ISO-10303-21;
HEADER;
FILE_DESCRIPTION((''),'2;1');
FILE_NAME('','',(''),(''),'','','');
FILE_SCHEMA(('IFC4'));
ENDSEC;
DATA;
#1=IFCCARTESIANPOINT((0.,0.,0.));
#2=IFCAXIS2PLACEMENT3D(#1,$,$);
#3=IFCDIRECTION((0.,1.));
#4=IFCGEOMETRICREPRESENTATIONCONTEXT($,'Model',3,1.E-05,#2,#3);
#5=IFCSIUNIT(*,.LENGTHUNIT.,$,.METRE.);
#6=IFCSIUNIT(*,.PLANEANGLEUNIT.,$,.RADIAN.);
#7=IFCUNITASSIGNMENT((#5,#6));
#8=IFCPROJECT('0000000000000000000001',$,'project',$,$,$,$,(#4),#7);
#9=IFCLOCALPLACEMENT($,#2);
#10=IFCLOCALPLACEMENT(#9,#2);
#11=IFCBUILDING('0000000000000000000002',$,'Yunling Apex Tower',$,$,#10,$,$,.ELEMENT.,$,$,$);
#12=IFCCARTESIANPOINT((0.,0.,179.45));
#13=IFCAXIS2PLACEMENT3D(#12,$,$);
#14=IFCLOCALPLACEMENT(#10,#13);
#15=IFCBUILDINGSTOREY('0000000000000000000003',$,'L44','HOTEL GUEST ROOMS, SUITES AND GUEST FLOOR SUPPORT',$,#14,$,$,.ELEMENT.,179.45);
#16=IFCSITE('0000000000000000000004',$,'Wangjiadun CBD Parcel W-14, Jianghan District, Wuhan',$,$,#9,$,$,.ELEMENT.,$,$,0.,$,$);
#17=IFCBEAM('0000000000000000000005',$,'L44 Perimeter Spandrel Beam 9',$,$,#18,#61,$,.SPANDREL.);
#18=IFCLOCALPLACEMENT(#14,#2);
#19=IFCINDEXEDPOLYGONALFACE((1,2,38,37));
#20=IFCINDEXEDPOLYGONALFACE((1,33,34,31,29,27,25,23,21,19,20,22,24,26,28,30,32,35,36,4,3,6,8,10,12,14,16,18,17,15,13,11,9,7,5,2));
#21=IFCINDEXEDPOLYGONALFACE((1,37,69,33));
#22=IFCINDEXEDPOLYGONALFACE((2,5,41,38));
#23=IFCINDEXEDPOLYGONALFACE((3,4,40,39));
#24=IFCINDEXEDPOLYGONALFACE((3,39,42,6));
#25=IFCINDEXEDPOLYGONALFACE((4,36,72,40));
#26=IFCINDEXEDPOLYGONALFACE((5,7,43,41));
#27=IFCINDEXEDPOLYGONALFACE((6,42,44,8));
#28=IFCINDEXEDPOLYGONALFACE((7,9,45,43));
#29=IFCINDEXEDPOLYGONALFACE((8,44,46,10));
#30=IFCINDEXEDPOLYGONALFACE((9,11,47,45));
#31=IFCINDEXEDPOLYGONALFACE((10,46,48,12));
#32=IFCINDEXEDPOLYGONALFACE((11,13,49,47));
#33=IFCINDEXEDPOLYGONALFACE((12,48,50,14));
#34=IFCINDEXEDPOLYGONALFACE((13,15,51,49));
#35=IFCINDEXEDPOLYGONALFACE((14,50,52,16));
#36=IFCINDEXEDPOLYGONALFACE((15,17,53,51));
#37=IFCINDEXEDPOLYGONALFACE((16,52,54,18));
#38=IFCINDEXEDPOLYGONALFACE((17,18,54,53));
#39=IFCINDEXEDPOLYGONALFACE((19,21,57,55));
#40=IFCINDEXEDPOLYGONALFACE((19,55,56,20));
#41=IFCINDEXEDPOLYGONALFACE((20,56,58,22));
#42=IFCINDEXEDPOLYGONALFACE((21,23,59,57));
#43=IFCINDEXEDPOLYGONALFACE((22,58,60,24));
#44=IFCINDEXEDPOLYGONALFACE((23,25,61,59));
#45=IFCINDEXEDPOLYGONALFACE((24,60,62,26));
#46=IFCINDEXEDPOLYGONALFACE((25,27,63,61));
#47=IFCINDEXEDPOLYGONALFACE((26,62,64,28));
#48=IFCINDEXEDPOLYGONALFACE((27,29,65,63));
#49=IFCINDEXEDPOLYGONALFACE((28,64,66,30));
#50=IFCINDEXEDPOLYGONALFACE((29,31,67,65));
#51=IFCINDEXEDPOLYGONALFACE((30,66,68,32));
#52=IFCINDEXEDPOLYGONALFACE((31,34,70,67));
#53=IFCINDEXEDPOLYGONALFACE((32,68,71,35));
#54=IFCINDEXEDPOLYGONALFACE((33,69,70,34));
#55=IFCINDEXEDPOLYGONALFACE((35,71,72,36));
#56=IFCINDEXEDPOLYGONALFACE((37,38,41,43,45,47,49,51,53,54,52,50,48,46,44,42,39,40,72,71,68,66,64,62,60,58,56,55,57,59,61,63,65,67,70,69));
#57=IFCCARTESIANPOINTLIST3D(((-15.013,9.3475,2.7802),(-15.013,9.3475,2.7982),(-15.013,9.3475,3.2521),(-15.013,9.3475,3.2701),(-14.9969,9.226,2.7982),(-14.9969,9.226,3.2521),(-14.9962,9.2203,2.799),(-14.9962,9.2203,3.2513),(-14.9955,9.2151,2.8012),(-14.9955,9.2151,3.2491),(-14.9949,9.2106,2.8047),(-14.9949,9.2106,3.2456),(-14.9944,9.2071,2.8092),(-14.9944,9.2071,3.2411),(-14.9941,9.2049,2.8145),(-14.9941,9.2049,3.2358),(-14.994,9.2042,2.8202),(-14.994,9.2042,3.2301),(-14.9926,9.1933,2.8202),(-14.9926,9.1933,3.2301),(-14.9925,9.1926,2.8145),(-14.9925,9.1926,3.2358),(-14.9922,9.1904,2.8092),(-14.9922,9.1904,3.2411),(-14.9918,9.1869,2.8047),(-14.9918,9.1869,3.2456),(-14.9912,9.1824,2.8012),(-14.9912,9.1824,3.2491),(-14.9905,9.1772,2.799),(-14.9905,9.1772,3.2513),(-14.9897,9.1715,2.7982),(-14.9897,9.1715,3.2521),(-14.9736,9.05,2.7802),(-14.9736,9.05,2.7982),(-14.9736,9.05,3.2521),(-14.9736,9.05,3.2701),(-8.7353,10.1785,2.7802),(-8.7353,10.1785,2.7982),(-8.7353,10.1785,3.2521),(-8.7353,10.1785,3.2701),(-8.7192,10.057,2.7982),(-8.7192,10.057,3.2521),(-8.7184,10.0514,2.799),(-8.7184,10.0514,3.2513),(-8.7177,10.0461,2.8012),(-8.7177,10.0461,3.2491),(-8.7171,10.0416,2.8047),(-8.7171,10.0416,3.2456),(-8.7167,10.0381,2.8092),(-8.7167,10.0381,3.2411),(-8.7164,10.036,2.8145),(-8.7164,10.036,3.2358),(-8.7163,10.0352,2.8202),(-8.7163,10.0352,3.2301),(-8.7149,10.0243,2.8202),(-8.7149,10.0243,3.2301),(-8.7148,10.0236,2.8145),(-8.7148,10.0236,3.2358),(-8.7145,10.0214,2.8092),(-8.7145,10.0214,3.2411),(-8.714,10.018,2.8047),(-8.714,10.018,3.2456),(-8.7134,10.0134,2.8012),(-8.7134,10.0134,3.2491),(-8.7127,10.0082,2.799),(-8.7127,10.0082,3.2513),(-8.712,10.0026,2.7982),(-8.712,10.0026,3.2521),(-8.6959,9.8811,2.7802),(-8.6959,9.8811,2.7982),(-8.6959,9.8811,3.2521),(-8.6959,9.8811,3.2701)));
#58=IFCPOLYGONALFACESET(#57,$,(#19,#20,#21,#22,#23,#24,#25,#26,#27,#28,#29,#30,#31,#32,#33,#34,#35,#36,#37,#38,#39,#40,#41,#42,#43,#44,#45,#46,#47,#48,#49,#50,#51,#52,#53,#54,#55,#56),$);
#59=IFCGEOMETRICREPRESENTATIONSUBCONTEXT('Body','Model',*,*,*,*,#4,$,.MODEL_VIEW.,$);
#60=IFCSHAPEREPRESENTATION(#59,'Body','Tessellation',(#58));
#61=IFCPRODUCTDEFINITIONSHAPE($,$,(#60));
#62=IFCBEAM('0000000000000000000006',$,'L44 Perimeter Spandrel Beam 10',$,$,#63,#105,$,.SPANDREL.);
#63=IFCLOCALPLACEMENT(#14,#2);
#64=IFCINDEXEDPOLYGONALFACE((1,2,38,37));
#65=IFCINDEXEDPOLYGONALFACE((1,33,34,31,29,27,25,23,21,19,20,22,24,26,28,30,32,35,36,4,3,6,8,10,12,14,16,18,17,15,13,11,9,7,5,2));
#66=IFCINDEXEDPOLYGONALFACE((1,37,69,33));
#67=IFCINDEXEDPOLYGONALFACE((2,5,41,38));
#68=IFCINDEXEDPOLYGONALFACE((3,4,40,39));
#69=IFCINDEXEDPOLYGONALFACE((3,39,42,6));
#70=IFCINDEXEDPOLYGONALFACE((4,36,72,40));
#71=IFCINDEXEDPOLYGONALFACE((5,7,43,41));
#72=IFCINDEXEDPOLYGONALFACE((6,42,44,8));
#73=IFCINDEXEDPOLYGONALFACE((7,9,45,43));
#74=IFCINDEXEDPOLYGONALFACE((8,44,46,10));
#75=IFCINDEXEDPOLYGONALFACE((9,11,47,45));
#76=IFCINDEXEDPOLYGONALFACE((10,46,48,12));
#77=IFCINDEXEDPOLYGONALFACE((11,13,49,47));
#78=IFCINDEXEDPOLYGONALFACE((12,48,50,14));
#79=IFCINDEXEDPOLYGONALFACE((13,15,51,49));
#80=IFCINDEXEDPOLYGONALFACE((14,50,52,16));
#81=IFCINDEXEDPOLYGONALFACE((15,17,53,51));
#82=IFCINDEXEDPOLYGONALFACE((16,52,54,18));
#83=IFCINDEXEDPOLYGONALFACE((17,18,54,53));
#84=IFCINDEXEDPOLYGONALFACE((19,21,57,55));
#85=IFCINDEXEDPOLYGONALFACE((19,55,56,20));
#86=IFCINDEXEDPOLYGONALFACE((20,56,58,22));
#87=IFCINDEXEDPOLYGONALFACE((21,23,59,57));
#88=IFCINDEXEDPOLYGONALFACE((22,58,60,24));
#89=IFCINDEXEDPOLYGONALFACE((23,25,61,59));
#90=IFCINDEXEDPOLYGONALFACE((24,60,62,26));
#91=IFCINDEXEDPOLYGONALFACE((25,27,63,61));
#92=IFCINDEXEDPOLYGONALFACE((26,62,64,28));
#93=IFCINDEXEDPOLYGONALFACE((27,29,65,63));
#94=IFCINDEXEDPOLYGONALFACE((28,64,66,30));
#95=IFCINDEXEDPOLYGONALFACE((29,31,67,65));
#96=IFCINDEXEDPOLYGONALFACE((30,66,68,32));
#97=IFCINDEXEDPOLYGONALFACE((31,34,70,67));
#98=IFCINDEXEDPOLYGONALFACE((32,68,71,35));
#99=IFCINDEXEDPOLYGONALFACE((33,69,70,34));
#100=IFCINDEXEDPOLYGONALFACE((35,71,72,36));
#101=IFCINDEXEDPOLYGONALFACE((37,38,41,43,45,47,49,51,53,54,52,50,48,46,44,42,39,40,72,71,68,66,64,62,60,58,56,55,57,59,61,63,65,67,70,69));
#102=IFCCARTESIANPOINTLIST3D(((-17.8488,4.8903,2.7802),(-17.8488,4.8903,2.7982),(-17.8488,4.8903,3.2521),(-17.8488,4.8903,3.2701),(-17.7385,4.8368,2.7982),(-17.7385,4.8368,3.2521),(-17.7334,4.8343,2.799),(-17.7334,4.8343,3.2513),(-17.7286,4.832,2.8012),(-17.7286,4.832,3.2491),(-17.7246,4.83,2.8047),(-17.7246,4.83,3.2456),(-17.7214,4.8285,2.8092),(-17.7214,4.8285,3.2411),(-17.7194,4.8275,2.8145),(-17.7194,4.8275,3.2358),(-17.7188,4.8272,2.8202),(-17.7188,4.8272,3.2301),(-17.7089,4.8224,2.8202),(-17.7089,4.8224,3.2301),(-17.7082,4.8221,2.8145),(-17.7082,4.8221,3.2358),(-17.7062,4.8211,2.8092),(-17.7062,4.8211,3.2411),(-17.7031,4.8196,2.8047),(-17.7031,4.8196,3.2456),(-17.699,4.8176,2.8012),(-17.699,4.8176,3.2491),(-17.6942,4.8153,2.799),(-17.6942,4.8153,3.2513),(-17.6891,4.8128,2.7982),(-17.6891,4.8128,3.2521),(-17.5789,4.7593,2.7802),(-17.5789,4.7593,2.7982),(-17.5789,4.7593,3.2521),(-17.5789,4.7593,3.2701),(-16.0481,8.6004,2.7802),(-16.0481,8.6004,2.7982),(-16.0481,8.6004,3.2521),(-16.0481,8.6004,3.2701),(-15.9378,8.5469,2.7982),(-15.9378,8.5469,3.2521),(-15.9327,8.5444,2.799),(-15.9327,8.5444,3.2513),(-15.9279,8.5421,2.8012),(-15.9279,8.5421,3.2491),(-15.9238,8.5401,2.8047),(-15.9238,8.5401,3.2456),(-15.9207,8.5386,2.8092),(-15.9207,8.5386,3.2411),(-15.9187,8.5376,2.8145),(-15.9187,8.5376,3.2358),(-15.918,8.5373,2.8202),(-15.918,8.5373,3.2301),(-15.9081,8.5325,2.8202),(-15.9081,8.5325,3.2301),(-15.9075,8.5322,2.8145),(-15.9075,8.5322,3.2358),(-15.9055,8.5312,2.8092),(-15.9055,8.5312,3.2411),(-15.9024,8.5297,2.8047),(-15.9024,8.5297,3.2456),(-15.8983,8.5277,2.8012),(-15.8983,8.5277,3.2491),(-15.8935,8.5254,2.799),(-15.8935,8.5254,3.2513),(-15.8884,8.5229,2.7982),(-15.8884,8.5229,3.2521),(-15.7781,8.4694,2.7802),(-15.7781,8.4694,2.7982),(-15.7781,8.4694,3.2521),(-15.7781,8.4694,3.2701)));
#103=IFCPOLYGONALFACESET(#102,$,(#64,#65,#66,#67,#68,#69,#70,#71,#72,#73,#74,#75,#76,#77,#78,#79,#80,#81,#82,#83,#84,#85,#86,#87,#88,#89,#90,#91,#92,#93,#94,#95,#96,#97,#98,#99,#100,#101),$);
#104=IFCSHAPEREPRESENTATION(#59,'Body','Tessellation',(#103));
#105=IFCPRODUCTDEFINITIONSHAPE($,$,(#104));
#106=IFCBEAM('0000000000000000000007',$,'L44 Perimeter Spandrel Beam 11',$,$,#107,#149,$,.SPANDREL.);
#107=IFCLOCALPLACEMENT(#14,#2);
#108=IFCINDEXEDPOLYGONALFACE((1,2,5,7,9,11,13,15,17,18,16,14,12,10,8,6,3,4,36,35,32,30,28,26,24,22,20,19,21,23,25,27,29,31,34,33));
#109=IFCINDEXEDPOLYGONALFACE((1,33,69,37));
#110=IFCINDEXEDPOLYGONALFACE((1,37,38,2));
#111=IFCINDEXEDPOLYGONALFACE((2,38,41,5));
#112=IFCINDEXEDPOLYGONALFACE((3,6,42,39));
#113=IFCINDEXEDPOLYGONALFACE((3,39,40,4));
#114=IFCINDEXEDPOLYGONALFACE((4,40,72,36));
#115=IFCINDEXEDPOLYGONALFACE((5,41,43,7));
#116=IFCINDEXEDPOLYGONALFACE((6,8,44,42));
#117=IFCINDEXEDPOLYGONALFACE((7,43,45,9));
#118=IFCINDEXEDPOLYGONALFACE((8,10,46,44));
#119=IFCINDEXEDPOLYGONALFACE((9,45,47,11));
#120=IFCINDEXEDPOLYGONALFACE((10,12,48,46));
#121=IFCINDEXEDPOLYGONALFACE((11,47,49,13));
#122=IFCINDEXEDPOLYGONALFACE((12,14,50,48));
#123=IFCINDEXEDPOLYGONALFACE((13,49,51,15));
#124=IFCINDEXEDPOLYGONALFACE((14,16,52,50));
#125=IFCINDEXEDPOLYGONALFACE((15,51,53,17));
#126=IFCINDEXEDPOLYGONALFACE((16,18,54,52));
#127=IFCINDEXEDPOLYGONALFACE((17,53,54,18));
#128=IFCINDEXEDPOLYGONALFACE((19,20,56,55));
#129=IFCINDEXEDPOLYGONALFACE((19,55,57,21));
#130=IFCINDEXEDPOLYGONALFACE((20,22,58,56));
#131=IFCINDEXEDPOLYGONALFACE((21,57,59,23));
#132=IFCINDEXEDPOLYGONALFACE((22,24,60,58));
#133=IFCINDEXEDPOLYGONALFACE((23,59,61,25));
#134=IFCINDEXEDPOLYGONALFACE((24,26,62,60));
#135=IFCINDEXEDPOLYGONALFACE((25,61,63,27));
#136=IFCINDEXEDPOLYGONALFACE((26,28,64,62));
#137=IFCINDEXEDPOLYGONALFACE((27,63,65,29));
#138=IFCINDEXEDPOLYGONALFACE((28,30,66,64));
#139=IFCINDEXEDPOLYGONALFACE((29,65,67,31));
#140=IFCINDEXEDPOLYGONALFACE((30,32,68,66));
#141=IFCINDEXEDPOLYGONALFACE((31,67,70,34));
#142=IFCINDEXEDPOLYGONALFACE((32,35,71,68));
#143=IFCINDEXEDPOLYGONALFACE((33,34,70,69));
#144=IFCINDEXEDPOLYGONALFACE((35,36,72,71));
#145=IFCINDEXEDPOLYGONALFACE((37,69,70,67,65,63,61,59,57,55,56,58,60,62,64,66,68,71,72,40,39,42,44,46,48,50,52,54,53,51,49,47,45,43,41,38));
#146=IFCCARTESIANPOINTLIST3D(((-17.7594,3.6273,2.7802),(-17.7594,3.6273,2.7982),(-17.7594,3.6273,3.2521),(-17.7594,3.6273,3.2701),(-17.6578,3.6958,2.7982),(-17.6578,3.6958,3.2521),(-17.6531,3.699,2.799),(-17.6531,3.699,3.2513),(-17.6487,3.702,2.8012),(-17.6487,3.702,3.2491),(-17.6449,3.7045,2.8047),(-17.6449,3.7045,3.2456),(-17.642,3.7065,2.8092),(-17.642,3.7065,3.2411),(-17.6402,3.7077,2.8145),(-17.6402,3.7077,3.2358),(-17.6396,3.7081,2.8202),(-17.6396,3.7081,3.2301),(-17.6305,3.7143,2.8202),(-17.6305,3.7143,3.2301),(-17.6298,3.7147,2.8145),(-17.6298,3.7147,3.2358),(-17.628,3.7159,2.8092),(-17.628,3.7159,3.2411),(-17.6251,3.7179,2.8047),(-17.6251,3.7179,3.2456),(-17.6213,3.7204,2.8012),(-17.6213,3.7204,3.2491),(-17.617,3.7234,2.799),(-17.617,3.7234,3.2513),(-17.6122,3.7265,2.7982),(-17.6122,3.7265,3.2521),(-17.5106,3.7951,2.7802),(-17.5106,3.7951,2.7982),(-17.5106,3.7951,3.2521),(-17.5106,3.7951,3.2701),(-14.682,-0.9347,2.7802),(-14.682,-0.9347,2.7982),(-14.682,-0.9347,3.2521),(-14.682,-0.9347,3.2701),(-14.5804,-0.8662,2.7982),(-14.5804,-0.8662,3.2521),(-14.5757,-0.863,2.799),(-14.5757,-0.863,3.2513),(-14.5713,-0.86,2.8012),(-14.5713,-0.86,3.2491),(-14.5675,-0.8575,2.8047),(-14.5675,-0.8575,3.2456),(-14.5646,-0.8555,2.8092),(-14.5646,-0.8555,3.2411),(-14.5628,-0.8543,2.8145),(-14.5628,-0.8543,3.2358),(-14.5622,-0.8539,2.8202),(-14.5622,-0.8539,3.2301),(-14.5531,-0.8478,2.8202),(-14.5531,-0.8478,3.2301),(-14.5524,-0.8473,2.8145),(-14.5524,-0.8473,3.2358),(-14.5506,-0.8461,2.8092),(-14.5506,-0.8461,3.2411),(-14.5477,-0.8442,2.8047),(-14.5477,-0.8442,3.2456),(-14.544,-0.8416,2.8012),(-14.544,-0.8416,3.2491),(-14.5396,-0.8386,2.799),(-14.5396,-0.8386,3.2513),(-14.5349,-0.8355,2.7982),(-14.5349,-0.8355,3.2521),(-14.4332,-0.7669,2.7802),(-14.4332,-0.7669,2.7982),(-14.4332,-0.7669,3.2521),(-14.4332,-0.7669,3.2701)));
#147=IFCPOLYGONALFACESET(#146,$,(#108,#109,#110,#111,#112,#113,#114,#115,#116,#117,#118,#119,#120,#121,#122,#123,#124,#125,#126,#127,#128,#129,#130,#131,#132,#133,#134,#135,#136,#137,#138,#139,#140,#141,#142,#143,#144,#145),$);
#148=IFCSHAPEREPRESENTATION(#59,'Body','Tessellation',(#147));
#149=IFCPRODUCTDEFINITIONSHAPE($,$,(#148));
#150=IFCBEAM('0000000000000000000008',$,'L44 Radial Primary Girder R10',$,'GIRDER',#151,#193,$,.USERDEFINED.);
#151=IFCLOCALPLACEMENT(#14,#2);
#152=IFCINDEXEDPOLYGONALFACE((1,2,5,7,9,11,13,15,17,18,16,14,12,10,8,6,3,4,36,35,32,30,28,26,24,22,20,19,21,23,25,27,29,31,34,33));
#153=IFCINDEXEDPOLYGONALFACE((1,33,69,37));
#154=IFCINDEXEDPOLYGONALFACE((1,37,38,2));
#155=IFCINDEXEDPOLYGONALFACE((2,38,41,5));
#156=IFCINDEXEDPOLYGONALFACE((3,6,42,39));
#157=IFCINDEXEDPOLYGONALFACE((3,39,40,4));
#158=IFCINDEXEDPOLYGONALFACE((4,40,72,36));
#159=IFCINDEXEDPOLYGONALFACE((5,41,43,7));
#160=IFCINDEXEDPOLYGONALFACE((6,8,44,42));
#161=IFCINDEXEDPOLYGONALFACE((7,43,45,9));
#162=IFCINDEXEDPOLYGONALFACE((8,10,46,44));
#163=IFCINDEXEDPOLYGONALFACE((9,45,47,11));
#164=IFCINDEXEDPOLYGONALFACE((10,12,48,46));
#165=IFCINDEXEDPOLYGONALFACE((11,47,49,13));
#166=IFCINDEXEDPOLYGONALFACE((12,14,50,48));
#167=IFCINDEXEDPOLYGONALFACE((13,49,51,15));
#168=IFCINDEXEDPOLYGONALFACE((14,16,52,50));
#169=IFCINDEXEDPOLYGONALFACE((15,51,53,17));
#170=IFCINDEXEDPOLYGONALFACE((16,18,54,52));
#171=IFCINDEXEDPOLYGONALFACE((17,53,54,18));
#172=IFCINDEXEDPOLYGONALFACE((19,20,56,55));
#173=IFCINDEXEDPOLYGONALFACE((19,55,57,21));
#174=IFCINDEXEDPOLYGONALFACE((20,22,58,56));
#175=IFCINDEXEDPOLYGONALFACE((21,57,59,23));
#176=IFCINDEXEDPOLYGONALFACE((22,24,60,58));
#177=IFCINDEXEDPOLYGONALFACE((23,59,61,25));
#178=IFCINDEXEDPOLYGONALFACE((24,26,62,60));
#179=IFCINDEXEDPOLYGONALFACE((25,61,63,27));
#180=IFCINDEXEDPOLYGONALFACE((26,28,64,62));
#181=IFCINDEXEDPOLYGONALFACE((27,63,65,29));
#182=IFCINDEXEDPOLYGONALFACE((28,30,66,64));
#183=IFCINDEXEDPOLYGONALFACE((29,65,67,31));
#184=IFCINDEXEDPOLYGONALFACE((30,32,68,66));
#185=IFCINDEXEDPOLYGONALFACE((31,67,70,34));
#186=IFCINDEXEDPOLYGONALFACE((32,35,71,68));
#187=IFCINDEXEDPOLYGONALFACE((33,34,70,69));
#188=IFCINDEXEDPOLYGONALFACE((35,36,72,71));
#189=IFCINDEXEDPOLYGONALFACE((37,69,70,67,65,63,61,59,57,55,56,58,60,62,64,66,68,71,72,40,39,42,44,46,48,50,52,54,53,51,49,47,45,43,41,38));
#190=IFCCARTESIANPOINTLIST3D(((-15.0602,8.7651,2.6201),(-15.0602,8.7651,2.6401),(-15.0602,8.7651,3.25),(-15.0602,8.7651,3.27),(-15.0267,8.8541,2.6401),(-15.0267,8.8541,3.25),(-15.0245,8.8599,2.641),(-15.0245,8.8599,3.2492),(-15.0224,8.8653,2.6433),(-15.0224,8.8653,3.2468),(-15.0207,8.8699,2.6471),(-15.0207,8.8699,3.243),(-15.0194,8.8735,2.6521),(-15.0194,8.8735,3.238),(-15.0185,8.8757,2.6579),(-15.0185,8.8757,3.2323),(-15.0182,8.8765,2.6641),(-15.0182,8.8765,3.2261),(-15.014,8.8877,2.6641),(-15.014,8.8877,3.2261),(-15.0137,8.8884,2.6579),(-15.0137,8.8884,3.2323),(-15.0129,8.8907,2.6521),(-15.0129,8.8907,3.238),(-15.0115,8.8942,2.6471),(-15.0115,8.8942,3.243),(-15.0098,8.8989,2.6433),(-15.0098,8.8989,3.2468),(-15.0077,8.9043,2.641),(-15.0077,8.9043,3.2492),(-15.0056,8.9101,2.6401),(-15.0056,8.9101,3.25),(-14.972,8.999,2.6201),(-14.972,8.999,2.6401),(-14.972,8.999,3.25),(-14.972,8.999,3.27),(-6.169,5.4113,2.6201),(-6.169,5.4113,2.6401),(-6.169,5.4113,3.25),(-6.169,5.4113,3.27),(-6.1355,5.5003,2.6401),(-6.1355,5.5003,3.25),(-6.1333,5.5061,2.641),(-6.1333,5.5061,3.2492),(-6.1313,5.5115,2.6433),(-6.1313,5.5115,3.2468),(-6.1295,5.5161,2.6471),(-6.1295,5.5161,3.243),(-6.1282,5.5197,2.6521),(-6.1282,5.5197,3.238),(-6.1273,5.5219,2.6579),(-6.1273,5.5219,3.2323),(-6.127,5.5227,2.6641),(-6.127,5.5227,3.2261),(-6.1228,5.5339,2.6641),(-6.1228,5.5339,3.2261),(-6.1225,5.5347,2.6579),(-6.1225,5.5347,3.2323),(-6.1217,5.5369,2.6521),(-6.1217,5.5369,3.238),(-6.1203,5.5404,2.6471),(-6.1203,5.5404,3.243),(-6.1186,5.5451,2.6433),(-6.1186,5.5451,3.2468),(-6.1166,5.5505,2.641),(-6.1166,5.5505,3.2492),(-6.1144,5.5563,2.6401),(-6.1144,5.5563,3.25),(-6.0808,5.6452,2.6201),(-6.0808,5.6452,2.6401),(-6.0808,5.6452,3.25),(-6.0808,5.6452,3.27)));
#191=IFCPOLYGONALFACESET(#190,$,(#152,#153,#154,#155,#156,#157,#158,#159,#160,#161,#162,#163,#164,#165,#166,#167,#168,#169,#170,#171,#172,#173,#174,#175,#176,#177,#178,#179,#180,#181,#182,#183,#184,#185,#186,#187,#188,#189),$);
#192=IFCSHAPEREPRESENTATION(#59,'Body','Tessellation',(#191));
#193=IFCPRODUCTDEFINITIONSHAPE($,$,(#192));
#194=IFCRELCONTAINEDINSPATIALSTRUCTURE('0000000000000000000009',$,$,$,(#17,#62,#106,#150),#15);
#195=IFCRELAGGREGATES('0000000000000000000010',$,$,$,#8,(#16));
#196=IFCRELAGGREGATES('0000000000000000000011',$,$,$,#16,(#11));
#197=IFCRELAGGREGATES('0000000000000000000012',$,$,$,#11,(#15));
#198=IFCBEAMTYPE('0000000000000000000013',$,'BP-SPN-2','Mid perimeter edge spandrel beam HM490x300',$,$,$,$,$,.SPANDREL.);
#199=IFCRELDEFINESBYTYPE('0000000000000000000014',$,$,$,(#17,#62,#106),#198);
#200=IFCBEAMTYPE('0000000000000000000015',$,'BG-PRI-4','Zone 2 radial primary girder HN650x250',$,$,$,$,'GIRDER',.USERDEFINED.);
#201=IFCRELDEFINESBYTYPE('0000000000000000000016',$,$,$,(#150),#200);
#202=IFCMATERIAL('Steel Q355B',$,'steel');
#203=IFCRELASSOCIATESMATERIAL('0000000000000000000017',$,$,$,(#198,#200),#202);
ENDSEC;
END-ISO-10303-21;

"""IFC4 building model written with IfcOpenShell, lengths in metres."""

from ifc_helpers import new_model, si_unit, direction, frame, origin, origin_2d, place, context, subcontext, project, spatial, i_section, extrude, source, transform, mapped, material, material_profile, profile_set, type_object, element, save


model = new_model("IFC4")

# Units and contexts
model_context = context("Model", 3, precision=1e-05, world=origin(), true_north=direction((0.0, 1.0)))
body_context = subcontext(model_context, "Body", "Model", "MODEL_VIEW")
ifc_project = project(units=[si_unit("LENGTHUNIT", "METRE"), si_unit("PLANEANGLEUNIT", "RADIAN")], contexts=[model_context])

# Site, building, storey
site_placement = place(None, origin())
site = spatial("IfcSite", under=ifc_project, at=site_placement, Name="Wangjiadun CBD Parcel W-14, Jianghan District, Wuhan", CompositionType="ELEMENT", RefElevation=0.0)
building_placement = place(site_placement, origin())
building = spatial("IfcBuilding", under=site, at=building_placement, Name="Yunling Apex Tower", CompositionType="ELEMENT")
storey_placement = place(building_placement, frame((0.0, 0.0, 179.45)))
storey = spatial("IfcBuildingStorey", under=building, at=storey_placement, Name="L44", Description="HOTEL GUEST ROOMS, SUITES AND GUEST FLOOR SUPPORT", CompositionType="ELEMENT", Elevation=179.45)

# Beams
ifc_material_1 = material(Name="Steel Q355B", Category="steel")
ifc_material_profile_1 = material_profile(ifc_material_1, i_section(OverallWidth=0.3, OverallDepth=0.49, WebThickness=0.011, FlangeThickness=0.0181, FilletRadius=0.022, at=origin_2d()))
ifc_profile_set_1 = profile_set([ifc_material_profile_1], Name="Steel Q355B")
beam_type_1 = type_object("IfcBeamType", Name="BP-SPN-2", Description="Mid perimeter edge spandrel beam HM490x300", PredefinedType="SPANDREL", material=ifc_profile_set_1)
shared_shape_1 = source(origin(), body_context, "Body", "SweptSolid", [
    extrude(i_section(OverallWidth=0.3, OverallDepth=0.49, WebThickness=0.011, FlangeThickness=0.0181, FilletRadius=0.022, at=origin_2d()), origin(), (0.0, 0.0, 1.0), 6.3325),
])
beam_1_placement = place(storey_placement, frame((-8.7156, 10.0298, 3.0251), z_axis=(-0.991351, -0.131234, 0.0), x_axis=(0.131234, -0.991351, 0.0)))
element("IfcBeam", 1, at=beam_1_placement, inside=storey, type_object=beam_type_1, Name="L44 Perimeter Spandrel Beam 9", PredefinedType="SPANDREL", context=body_context, shape_type="MappedRepresentation", body=[
    mapped(shared_shape_1, transform((0.0, 0.0, 0.0), scale=1.0)),
])
shared_shape_2 = source(origin(), body_context, "Body", "SweptSolid", [
    extrude(i_section(OverallWidth=0.3, OverallDepth=0.49, WebThickness=0.011, FlangeThickness=0.0181, FilletRadius=0.022, at=origin_2d()), origin(), (0.0, 0.0, 1.0), 4.124),
])
beam_2_placement = place(storey_placement, frame((-15.9131, 8.5349, 3.0251), z_axis=(-0.436645, -0.899634, 0.0), x_axis=(0.899634, -0.436645, 0.0)))
element("IfcBeam", 2, at=beam_2_placement, inside=storey, type_object=beam_type_1, Name="L44 Perimeter Spandrel Beam 10", PredefinedType="SPANDREL", context=body_context, shape_type="MappedRepresentation", body=[
    mapped(shared_shape_2, transform((0.0, 0.0, 0.0), scale=1.0)),
])
shared_shape_3 = source(origin(), body_context, "Body", "SweptSolid", [
    extrude(i_section(OverallWidth=0.3, OverallDepth=0.49, WebThickness=0.011, FlangeThickness=0.0181, FilletRadius=0.022, at=origin_2d()), origin(), (0.0, 0.0, 1.0), 5.5029),
])
beam_3_placement = place(storey_placement, frame((-17.635, 3.7112, 3.0251), z_axis=(0.559227, -0.829014, 0.0), x_axis=(0.829014, 0.559227, 0.0)))
element("IfcBeam", 3, at=beam_3_placement, inside=storey, type_object=beam_type_1, Name="L44 Perimeter Spandrel Beam 11", PredefinedType="SPANDREL", context=body_context, shape_type="MappedRepresentation", body=[
    mapped(shared_shape_3, transform((0.0, 0.0, 0.0), scale=1.0)),
])
ifc_material_profile_2 = material_profile(ifc_material_1, i_section(OverallWidth=0.25, OverallDepth=0.6499, WebThickness=0.012, FlangeThickness=0.02, FilletRadius=0.0239, at=origin_2d()))
ifc_profile_set_2 = profile_set([ifc_material_profile_2], Name="Steel Q355B")
beam_type_2 = type_object("IfcBeamType", Name="BG-PRI-4", Description="Zone 2 radial primary girder HN650x250", ElementType="GIRDER", PredefinedType="USERDEFINED", material=ifc_profile_set_2)
shared_shape_4 = source(origin(), body_context, "Body", "SweptSolid", [
    extrude(i_section(OverallWidth=0.25, OverallDepth=0.6499, WebThickness=0.012, FlangeThickness=0.02, FilletRadius=0.0239, at=origin_2d()), origin(), (0.0, 0.0, 1.0), 9.5027),
])
beam_4_placement = place(storey_placement, frame((-15.0161, 8.8821, 2.9451), z_axis=(0.93565, -0.35293, 0.0), x_axis=(0.35293, 0.93565, 0.0)))
element("IfcBeam", 4, at=beam_4_placement, inside=storey, type_object=beam_type_2, Name="L44 Radial Primary Girder R10", ObjectType="GIRDER", PredefinedType="USERDEFINED", context=body_context, shape_type="MappedRepresentation", body=[
    mapped(shared_shape_4, transform((0.0, 0.0, 0.0), scale=1.0)),
])

save(model, "model.ifc")
